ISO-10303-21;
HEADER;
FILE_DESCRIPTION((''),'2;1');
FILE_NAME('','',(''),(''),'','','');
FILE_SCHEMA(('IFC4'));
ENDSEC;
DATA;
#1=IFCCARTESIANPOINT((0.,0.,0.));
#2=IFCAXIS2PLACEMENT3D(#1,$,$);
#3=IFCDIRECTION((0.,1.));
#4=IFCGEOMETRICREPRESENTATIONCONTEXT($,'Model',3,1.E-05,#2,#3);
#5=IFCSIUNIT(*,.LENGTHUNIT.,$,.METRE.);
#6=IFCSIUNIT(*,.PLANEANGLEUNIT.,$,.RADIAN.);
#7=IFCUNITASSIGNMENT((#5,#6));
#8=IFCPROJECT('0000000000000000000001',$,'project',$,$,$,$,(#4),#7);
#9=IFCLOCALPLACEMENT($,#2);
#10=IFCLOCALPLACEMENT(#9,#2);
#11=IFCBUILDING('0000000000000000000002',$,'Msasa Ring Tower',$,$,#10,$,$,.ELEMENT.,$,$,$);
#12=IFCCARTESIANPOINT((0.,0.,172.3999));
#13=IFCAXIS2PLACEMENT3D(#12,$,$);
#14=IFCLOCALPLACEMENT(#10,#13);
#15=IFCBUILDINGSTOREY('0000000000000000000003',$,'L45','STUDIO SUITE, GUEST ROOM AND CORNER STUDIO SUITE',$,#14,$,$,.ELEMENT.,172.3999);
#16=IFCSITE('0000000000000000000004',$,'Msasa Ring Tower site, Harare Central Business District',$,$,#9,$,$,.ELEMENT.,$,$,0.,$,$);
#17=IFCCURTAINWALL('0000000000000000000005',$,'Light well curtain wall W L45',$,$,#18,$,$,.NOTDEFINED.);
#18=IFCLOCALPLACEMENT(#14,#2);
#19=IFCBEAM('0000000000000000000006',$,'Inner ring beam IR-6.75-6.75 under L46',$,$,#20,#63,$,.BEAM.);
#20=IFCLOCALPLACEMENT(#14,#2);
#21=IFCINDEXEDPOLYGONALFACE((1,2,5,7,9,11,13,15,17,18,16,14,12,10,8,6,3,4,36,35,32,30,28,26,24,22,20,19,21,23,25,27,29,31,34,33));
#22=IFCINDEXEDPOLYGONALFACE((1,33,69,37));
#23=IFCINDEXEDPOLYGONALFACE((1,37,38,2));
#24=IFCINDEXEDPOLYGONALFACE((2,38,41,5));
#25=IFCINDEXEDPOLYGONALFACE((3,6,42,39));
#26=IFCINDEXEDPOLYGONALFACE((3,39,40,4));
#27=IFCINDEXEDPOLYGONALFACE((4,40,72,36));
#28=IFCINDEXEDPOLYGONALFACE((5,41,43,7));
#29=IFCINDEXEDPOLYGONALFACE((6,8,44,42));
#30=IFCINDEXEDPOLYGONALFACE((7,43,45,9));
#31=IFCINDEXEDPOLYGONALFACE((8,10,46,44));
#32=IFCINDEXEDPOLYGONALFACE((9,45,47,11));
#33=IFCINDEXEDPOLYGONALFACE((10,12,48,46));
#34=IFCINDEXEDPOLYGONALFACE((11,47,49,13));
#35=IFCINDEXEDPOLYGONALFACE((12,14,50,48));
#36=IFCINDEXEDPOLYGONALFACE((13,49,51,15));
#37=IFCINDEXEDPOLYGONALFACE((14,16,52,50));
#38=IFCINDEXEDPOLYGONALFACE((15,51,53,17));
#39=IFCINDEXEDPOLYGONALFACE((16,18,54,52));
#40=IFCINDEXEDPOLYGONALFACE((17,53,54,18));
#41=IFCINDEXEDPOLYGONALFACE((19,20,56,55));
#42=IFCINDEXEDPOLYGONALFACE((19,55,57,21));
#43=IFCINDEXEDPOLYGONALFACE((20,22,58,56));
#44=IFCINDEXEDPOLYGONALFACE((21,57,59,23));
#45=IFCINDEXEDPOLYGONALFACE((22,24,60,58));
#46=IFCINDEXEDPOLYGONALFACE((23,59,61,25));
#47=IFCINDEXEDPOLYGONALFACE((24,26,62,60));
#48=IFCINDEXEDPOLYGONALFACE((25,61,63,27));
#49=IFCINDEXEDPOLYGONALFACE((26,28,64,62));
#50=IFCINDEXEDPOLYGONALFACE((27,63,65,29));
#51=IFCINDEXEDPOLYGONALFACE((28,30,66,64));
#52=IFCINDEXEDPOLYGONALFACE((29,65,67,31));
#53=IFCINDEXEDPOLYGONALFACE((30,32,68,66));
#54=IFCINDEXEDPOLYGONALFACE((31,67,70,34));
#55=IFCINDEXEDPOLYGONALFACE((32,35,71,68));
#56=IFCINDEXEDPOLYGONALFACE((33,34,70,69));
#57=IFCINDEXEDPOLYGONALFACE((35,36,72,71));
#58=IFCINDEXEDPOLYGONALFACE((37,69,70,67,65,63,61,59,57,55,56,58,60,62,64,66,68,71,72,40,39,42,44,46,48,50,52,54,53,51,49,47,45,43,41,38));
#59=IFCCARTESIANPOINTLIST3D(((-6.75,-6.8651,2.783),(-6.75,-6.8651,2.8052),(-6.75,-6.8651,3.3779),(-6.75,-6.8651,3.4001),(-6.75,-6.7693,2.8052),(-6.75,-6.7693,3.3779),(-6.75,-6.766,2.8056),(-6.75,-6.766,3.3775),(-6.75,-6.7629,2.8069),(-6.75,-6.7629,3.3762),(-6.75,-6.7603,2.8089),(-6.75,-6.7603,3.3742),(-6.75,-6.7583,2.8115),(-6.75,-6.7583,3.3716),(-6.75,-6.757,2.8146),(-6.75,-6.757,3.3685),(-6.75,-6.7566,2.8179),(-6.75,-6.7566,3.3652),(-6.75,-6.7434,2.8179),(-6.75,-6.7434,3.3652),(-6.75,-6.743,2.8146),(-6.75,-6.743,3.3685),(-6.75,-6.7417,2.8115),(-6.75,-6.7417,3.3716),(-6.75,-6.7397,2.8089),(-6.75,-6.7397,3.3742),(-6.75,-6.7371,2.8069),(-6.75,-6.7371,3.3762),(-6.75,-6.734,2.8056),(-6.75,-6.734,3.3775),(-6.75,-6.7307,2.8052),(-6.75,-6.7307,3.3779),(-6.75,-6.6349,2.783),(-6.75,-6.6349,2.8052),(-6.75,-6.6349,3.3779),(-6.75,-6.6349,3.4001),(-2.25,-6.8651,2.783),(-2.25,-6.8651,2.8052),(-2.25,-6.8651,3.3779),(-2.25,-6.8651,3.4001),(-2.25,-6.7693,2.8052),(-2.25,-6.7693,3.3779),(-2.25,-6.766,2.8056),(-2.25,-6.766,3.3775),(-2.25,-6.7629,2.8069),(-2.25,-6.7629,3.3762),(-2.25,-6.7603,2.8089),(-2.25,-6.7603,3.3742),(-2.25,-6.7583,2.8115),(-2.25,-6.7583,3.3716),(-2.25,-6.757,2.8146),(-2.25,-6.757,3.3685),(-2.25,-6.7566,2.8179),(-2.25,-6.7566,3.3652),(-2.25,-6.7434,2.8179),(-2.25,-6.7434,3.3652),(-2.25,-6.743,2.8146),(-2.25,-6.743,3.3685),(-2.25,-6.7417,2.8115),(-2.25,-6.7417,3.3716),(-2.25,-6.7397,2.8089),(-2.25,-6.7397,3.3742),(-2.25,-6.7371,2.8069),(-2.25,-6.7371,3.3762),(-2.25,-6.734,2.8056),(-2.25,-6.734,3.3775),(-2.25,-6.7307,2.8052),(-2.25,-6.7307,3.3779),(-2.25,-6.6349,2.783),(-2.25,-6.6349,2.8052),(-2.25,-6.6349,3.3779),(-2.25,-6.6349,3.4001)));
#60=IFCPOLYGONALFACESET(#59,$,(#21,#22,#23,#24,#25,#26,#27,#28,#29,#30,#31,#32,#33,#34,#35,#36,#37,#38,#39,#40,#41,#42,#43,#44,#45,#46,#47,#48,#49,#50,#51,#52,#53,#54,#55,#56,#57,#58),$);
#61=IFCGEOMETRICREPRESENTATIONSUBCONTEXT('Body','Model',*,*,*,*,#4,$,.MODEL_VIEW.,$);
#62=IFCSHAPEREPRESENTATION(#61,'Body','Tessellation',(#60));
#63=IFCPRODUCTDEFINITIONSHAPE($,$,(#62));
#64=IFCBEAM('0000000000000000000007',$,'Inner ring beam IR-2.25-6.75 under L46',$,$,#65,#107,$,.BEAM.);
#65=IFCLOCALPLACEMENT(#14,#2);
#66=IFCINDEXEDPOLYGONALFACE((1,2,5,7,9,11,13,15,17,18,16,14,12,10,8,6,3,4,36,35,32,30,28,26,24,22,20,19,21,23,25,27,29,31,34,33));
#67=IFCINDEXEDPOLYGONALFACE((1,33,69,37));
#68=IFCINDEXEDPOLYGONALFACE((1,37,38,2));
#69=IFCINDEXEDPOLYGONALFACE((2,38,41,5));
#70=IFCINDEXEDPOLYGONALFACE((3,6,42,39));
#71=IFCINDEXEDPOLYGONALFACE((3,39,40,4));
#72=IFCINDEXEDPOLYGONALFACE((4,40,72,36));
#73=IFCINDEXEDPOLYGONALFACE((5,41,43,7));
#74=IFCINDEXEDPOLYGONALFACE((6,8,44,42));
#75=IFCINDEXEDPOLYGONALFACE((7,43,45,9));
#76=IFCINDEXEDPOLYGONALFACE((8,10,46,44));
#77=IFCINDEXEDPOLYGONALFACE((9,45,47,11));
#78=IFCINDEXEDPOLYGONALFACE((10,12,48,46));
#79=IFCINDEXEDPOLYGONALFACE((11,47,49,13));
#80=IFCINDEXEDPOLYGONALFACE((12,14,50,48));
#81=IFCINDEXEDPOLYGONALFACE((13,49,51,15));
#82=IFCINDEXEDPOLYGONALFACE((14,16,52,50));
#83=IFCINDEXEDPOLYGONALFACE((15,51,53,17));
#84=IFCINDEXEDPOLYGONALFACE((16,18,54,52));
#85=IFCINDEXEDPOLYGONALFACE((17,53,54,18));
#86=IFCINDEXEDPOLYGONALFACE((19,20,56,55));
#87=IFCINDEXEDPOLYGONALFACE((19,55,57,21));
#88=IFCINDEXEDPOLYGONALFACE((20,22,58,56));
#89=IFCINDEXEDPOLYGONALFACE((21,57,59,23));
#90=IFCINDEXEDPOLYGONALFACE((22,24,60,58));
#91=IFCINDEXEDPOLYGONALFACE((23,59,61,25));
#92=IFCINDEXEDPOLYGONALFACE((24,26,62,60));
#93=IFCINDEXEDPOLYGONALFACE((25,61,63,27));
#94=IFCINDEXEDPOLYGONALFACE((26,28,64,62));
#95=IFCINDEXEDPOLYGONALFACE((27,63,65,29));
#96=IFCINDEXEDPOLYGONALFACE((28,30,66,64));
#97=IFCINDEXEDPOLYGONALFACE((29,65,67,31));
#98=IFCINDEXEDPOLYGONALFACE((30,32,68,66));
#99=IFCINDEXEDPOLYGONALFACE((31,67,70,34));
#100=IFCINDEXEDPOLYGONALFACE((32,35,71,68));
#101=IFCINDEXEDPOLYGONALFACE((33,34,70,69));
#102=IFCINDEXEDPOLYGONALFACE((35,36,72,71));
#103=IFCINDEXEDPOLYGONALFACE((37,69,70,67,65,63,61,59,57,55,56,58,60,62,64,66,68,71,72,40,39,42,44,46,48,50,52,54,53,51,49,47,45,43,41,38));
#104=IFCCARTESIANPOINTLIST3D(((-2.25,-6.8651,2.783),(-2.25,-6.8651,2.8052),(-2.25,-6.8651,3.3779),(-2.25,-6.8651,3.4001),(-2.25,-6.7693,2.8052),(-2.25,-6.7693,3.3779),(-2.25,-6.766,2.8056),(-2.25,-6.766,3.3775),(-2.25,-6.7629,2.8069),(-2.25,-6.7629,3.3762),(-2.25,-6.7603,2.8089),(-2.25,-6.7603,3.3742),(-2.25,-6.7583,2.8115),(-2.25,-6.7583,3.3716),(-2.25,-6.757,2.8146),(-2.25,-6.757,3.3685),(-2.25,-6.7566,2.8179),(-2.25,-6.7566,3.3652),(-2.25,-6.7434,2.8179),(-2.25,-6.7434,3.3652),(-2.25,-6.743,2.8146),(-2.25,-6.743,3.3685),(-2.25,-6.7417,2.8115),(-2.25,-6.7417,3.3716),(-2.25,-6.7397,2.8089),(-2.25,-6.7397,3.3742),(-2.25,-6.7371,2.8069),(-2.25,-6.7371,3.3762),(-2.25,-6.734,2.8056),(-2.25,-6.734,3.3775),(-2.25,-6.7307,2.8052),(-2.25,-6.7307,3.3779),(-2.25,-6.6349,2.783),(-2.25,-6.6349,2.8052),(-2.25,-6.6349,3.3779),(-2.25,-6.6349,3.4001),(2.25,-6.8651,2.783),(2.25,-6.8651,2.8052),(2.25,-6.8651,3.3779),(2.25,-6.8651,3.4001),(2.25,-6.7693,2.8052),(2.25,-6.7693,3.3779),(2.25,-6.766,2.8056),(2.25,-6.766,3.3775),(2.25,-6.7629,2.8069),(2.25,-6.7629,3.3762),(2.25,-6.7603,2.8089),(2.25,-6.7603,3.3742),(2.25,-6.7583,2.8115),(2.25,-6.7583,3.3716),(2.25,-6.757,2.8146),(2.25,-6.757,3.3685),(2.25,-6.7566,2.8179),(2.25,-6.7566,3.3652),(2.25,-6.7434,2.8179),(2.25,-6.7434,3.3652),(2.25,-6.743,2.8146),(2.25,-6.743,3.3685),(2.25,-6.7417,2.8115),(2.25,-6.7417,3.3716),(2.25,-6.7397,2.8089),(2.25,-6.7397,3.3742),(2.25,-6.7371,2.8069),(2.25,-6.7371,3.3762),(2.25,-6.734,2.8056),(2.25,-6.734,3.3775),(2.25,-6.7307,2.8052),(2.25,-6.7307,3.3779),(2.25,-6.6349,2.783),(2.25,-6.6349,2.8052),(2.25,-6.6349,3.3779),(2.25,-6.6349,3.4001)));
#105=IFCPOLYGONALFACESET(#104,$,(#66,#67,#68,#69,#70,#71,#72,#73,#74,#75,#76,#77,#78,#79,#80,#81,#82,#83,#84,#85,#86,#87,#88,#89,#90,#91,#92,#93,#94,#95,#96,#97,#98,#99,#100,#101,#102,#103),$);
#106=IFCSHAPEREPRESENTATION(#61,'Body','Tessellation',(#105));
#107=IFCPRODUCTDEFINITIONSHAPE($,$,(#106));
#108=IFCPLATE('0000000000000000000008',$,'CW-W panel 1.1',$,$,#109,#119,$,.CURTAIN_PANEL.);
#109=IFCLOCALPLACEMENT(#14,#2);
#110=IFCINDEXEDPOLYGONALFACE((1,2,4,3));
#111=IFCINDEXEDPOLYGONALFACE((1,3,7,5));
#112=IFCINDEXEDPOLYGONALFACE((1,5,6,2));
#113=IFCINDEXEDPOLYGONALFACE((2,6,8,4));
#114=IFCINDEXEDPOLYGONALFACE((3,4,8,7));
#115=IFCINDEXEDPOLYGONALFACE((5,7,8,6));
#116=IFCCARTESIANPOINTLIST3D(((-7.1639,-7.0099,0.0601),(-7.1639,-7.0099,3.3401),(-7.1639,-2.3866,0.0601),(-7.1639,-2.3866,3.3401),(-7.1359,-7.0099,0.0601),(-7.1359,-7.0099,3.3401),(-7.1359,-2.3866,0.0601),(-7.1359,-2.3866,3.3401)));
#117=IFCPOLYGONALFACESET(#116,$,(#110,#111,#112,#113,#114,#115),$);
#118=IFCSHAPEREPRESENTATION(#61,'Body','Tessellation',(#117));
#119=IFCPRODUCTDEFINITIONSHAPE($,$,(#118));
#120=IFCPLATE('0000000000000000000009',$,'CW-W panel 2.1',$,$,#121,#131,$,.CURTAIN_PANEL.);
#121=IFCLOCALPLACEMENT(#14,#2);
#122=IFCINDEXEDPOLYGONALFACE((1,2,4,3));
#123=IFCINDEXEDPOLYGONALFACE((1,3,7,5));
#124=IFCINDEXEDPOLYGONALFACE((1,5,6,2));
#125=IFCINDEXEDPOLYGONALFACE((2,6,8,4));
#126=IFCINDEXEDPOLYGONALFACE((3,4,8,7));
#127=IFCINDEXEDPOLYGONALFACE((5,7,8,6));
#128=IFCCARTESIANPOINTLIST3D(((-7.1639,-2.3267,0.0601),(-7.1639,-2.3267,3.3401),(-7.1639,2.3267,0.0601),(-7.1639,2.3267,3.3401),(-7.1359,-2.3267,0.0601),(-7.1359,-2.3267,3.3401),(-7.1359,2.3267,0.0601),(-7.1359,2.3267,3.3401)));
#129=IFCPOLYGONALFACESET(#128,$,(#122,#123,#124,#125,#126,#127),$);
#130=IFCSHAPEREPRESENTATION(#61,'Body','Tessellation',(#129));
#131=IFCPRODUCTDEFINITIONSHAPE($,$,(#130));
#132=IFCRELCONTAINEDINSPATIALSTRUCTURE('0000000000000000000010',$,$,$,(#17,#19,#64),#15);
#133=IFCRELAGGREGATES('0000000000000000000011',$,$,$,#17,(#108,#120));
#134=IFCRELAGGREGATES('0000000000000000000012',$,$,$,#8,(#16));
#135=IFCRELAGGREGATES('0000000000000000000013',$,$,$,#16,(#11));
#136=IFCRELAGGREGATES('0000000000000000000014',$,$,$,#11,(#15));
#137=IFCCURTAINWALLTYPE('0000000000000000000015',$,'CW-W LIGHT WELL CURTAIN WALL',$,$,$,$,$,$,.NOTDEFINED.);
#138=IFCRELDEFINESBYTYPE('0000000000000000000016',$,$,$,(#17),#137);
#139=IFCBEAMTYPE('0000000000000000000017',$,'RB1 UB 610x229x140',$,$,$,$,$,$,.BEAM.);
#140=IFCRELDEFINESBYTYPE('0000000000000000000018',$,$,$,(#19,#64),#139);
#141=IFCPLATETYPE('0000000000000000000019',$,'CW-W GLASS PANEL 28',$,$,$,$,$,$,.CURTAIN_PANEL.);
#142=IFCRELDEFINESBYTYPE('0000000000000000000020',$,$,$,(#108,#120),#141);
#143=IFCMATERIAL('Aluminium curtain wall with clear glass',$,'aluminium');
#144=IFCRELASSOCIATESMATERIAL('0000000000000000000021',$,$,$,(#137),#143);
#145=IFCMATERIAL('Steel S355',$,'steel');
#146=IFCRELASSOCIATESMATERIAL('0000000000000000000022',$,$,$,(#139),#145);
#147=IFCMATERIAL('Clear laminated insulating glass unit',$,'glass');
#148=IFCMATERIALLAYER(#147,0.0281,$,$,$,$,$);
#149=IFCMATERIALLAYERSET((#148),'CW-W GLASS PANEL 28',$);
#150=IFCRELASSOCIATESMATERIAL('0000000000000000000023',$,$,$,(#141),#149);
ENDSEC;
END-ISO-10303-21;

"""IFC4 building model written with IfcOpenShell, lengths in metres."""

from ifc_helpers import new_model, si_unit, direction, frame, origin, origin_2d, place, context, subcontext, project, spatial, rectangle, i_section, extrude, material, layer, layer_set, material_profile, profile_set, type_object, element, aggregate, save


model = new_model("IFC4")

# Units and contexts
model_context = context("Model", 3, precision=1e-05, world=origin(), true_north=direction((0.0, 1.0)))
body_context = subcontext(model_context, "Body", "Model", "MODEL_VIEW")
ifc_project = project(units=[si_unit("LENGTHUNIT", "METRE"), si_unit("PLANEANGLEUNIT", "RADIAN")], contexts=[model_context])

# Site, building, storey
site_placement = place(None, origin())
site = spatial("IfcSite", under=ifc_project, at=site_placement, Name="Msasa Ring Tower site, Harare Central Business District", CompositionType="ELEMENT", RefElevation=0.0)
building_placement = place(site_placement, origin())
building = spatial("IfcBuilding", under=site, at=building_placement, Name="Msasa Ring Tower", CompositionType="ELEMENT")
storey_placement = place(building_placement, frame((0.0, 0.0, 172.3999)))
storey = spatial("IfcBuildingStorey", under=building, at=storey_placement, Name="L45", Description="STUDIO SUITE, GUEST ROOM AND CORNER STUDIO SUITE", CompositionType="ELEMENT", Elevation=172.3999)

# Curtain wall
ifc_material_1 = material(Name="Aluminium curtain wall with clear glass", Category="aluminium")
curtain_wall_type = type_object("IfcCurtainWallType", Name="CW-W LIGHT WELL CURTAIN WALL", PredefinedType="NOTDEFINED", material=ifc_material_1)
curtain_wall_placement = place(storey_placement, origin())
curtain_wall = element("IfcCurtainWall", 1, at=curtain_wall_placement, inside=storey, type_object=curtain_wall_type, Name="Light well curtain wall W L45", PredefinedType="NOTDEFINED")

# Beams
ifc_material_2 = material(Name="Steel S355", Category="steel")
ifc_material_profile_1 = material_profile(ifc_material_2, i_section(OverallWidth=0.2302, OverallDepth=0.6172, WebThickness=0.0132, FlangeThickness=0.0222, FilletRadius=0.0127, at=origin_2d()), Name="UB 610x229x140")
ifc_profile_set_1 = profile_set([ifc_material_profile_1], Name="Steel S355")
beam_type = type_object("IfcBeamType", Name="RB1 UB 610x229x140", PredefinedType="BEAM", material=ifc_profile_set_1)
for number, where, z_axis, x_axis, name in (
    (2, (-6.75, -6.75, 3.0916), (1.0, 0.0, 0.0), (0.0, 1.0, 0.0), "Inner ring beam IR-6.75-6.75 under L46"),
    (3, (-2.25, -6.75, 3.0916), (1.0, 0.0, 0.0), (0.0, 1.0, 0.0), "Inner ring beam IR-2.25-6.75 under L46"),
):
    element("IfcBeam", number, at=place(storey_placement, frame(where, z_axis=z_axis, x_axis=x_axis)), inside=storey, type_object=beam_type, Name=name, PredefinedType="BEAM", context=body_context, shape_type="SweptSolid", body=[
        extrude(i_section(OverallWidth=0.2302, OverallDepth=0.6172, WebThickness=0.0132, FlangeThickness=0.0222, FilletRadius=0.0127, at=origin_2d()), origin(), (0.0, 0.0, 1.0), 4.5),
    ])

# Plates
ifc_material_3 = material(Name="Clear laminated insulating glass unit", Category="glass")
ifc_layer_1 = layer(ifc_material_3, 0.0281)
ifc_layer_set_1 = layer_set([ifc_layer_1], Name="CW-W GLASS PANEL 28")
plate_type = type_object("IfcPlateType", Name="CW-W GLASS PANEL 28", PredefinedType="CURTAIN_PANEL", material=ifc_layer_set_1)
plate_1_placement = place(storey_placement, frame((-7.1499, -4.6982, 0.0601), z_axis=(0.0, 0.0, 1.0), x_axis=(0.0, 1.0, 0.0)))
plate_1 = element("IfcPlate", 4, at=plate_1_placement, type_object=plate_type, Name="CW-W panel 1.1", PredefinedType="CURTAIN_PANEL", context=body_context, shape_type="SweptSolid", body=[
    extrude(rectangle(XDim=4.6233, YDim=0.0281, at=origin_2d()), origin(), (0.0, 0.0, 1.0), 3.28),
])
plate_2_placement = place(storey_placement, frame((-7.1499, 0.0, 0.0601), z_axis=(0.0, 0.0, 1.0), x_axis=(0.0, 1.0, 0.0)))
plate_2 = element("IfcPlate", 5, at=plate_2_placement, type_object=plate_type, Name="CW-W panel 2.1", PredefinedType="CURTAIN_PANEL", context=body_context, shape_type="SweptSolid", body=[
    extrude(rectangle(XDim=4.6533, YDim=0.0281, at=origin_2d()), origin(), (0.0, 0.0, 1.0), 3.28),
])
aggregate(curtain_wall, [plate_1, plate_2])

save(model, "model.ifc")
